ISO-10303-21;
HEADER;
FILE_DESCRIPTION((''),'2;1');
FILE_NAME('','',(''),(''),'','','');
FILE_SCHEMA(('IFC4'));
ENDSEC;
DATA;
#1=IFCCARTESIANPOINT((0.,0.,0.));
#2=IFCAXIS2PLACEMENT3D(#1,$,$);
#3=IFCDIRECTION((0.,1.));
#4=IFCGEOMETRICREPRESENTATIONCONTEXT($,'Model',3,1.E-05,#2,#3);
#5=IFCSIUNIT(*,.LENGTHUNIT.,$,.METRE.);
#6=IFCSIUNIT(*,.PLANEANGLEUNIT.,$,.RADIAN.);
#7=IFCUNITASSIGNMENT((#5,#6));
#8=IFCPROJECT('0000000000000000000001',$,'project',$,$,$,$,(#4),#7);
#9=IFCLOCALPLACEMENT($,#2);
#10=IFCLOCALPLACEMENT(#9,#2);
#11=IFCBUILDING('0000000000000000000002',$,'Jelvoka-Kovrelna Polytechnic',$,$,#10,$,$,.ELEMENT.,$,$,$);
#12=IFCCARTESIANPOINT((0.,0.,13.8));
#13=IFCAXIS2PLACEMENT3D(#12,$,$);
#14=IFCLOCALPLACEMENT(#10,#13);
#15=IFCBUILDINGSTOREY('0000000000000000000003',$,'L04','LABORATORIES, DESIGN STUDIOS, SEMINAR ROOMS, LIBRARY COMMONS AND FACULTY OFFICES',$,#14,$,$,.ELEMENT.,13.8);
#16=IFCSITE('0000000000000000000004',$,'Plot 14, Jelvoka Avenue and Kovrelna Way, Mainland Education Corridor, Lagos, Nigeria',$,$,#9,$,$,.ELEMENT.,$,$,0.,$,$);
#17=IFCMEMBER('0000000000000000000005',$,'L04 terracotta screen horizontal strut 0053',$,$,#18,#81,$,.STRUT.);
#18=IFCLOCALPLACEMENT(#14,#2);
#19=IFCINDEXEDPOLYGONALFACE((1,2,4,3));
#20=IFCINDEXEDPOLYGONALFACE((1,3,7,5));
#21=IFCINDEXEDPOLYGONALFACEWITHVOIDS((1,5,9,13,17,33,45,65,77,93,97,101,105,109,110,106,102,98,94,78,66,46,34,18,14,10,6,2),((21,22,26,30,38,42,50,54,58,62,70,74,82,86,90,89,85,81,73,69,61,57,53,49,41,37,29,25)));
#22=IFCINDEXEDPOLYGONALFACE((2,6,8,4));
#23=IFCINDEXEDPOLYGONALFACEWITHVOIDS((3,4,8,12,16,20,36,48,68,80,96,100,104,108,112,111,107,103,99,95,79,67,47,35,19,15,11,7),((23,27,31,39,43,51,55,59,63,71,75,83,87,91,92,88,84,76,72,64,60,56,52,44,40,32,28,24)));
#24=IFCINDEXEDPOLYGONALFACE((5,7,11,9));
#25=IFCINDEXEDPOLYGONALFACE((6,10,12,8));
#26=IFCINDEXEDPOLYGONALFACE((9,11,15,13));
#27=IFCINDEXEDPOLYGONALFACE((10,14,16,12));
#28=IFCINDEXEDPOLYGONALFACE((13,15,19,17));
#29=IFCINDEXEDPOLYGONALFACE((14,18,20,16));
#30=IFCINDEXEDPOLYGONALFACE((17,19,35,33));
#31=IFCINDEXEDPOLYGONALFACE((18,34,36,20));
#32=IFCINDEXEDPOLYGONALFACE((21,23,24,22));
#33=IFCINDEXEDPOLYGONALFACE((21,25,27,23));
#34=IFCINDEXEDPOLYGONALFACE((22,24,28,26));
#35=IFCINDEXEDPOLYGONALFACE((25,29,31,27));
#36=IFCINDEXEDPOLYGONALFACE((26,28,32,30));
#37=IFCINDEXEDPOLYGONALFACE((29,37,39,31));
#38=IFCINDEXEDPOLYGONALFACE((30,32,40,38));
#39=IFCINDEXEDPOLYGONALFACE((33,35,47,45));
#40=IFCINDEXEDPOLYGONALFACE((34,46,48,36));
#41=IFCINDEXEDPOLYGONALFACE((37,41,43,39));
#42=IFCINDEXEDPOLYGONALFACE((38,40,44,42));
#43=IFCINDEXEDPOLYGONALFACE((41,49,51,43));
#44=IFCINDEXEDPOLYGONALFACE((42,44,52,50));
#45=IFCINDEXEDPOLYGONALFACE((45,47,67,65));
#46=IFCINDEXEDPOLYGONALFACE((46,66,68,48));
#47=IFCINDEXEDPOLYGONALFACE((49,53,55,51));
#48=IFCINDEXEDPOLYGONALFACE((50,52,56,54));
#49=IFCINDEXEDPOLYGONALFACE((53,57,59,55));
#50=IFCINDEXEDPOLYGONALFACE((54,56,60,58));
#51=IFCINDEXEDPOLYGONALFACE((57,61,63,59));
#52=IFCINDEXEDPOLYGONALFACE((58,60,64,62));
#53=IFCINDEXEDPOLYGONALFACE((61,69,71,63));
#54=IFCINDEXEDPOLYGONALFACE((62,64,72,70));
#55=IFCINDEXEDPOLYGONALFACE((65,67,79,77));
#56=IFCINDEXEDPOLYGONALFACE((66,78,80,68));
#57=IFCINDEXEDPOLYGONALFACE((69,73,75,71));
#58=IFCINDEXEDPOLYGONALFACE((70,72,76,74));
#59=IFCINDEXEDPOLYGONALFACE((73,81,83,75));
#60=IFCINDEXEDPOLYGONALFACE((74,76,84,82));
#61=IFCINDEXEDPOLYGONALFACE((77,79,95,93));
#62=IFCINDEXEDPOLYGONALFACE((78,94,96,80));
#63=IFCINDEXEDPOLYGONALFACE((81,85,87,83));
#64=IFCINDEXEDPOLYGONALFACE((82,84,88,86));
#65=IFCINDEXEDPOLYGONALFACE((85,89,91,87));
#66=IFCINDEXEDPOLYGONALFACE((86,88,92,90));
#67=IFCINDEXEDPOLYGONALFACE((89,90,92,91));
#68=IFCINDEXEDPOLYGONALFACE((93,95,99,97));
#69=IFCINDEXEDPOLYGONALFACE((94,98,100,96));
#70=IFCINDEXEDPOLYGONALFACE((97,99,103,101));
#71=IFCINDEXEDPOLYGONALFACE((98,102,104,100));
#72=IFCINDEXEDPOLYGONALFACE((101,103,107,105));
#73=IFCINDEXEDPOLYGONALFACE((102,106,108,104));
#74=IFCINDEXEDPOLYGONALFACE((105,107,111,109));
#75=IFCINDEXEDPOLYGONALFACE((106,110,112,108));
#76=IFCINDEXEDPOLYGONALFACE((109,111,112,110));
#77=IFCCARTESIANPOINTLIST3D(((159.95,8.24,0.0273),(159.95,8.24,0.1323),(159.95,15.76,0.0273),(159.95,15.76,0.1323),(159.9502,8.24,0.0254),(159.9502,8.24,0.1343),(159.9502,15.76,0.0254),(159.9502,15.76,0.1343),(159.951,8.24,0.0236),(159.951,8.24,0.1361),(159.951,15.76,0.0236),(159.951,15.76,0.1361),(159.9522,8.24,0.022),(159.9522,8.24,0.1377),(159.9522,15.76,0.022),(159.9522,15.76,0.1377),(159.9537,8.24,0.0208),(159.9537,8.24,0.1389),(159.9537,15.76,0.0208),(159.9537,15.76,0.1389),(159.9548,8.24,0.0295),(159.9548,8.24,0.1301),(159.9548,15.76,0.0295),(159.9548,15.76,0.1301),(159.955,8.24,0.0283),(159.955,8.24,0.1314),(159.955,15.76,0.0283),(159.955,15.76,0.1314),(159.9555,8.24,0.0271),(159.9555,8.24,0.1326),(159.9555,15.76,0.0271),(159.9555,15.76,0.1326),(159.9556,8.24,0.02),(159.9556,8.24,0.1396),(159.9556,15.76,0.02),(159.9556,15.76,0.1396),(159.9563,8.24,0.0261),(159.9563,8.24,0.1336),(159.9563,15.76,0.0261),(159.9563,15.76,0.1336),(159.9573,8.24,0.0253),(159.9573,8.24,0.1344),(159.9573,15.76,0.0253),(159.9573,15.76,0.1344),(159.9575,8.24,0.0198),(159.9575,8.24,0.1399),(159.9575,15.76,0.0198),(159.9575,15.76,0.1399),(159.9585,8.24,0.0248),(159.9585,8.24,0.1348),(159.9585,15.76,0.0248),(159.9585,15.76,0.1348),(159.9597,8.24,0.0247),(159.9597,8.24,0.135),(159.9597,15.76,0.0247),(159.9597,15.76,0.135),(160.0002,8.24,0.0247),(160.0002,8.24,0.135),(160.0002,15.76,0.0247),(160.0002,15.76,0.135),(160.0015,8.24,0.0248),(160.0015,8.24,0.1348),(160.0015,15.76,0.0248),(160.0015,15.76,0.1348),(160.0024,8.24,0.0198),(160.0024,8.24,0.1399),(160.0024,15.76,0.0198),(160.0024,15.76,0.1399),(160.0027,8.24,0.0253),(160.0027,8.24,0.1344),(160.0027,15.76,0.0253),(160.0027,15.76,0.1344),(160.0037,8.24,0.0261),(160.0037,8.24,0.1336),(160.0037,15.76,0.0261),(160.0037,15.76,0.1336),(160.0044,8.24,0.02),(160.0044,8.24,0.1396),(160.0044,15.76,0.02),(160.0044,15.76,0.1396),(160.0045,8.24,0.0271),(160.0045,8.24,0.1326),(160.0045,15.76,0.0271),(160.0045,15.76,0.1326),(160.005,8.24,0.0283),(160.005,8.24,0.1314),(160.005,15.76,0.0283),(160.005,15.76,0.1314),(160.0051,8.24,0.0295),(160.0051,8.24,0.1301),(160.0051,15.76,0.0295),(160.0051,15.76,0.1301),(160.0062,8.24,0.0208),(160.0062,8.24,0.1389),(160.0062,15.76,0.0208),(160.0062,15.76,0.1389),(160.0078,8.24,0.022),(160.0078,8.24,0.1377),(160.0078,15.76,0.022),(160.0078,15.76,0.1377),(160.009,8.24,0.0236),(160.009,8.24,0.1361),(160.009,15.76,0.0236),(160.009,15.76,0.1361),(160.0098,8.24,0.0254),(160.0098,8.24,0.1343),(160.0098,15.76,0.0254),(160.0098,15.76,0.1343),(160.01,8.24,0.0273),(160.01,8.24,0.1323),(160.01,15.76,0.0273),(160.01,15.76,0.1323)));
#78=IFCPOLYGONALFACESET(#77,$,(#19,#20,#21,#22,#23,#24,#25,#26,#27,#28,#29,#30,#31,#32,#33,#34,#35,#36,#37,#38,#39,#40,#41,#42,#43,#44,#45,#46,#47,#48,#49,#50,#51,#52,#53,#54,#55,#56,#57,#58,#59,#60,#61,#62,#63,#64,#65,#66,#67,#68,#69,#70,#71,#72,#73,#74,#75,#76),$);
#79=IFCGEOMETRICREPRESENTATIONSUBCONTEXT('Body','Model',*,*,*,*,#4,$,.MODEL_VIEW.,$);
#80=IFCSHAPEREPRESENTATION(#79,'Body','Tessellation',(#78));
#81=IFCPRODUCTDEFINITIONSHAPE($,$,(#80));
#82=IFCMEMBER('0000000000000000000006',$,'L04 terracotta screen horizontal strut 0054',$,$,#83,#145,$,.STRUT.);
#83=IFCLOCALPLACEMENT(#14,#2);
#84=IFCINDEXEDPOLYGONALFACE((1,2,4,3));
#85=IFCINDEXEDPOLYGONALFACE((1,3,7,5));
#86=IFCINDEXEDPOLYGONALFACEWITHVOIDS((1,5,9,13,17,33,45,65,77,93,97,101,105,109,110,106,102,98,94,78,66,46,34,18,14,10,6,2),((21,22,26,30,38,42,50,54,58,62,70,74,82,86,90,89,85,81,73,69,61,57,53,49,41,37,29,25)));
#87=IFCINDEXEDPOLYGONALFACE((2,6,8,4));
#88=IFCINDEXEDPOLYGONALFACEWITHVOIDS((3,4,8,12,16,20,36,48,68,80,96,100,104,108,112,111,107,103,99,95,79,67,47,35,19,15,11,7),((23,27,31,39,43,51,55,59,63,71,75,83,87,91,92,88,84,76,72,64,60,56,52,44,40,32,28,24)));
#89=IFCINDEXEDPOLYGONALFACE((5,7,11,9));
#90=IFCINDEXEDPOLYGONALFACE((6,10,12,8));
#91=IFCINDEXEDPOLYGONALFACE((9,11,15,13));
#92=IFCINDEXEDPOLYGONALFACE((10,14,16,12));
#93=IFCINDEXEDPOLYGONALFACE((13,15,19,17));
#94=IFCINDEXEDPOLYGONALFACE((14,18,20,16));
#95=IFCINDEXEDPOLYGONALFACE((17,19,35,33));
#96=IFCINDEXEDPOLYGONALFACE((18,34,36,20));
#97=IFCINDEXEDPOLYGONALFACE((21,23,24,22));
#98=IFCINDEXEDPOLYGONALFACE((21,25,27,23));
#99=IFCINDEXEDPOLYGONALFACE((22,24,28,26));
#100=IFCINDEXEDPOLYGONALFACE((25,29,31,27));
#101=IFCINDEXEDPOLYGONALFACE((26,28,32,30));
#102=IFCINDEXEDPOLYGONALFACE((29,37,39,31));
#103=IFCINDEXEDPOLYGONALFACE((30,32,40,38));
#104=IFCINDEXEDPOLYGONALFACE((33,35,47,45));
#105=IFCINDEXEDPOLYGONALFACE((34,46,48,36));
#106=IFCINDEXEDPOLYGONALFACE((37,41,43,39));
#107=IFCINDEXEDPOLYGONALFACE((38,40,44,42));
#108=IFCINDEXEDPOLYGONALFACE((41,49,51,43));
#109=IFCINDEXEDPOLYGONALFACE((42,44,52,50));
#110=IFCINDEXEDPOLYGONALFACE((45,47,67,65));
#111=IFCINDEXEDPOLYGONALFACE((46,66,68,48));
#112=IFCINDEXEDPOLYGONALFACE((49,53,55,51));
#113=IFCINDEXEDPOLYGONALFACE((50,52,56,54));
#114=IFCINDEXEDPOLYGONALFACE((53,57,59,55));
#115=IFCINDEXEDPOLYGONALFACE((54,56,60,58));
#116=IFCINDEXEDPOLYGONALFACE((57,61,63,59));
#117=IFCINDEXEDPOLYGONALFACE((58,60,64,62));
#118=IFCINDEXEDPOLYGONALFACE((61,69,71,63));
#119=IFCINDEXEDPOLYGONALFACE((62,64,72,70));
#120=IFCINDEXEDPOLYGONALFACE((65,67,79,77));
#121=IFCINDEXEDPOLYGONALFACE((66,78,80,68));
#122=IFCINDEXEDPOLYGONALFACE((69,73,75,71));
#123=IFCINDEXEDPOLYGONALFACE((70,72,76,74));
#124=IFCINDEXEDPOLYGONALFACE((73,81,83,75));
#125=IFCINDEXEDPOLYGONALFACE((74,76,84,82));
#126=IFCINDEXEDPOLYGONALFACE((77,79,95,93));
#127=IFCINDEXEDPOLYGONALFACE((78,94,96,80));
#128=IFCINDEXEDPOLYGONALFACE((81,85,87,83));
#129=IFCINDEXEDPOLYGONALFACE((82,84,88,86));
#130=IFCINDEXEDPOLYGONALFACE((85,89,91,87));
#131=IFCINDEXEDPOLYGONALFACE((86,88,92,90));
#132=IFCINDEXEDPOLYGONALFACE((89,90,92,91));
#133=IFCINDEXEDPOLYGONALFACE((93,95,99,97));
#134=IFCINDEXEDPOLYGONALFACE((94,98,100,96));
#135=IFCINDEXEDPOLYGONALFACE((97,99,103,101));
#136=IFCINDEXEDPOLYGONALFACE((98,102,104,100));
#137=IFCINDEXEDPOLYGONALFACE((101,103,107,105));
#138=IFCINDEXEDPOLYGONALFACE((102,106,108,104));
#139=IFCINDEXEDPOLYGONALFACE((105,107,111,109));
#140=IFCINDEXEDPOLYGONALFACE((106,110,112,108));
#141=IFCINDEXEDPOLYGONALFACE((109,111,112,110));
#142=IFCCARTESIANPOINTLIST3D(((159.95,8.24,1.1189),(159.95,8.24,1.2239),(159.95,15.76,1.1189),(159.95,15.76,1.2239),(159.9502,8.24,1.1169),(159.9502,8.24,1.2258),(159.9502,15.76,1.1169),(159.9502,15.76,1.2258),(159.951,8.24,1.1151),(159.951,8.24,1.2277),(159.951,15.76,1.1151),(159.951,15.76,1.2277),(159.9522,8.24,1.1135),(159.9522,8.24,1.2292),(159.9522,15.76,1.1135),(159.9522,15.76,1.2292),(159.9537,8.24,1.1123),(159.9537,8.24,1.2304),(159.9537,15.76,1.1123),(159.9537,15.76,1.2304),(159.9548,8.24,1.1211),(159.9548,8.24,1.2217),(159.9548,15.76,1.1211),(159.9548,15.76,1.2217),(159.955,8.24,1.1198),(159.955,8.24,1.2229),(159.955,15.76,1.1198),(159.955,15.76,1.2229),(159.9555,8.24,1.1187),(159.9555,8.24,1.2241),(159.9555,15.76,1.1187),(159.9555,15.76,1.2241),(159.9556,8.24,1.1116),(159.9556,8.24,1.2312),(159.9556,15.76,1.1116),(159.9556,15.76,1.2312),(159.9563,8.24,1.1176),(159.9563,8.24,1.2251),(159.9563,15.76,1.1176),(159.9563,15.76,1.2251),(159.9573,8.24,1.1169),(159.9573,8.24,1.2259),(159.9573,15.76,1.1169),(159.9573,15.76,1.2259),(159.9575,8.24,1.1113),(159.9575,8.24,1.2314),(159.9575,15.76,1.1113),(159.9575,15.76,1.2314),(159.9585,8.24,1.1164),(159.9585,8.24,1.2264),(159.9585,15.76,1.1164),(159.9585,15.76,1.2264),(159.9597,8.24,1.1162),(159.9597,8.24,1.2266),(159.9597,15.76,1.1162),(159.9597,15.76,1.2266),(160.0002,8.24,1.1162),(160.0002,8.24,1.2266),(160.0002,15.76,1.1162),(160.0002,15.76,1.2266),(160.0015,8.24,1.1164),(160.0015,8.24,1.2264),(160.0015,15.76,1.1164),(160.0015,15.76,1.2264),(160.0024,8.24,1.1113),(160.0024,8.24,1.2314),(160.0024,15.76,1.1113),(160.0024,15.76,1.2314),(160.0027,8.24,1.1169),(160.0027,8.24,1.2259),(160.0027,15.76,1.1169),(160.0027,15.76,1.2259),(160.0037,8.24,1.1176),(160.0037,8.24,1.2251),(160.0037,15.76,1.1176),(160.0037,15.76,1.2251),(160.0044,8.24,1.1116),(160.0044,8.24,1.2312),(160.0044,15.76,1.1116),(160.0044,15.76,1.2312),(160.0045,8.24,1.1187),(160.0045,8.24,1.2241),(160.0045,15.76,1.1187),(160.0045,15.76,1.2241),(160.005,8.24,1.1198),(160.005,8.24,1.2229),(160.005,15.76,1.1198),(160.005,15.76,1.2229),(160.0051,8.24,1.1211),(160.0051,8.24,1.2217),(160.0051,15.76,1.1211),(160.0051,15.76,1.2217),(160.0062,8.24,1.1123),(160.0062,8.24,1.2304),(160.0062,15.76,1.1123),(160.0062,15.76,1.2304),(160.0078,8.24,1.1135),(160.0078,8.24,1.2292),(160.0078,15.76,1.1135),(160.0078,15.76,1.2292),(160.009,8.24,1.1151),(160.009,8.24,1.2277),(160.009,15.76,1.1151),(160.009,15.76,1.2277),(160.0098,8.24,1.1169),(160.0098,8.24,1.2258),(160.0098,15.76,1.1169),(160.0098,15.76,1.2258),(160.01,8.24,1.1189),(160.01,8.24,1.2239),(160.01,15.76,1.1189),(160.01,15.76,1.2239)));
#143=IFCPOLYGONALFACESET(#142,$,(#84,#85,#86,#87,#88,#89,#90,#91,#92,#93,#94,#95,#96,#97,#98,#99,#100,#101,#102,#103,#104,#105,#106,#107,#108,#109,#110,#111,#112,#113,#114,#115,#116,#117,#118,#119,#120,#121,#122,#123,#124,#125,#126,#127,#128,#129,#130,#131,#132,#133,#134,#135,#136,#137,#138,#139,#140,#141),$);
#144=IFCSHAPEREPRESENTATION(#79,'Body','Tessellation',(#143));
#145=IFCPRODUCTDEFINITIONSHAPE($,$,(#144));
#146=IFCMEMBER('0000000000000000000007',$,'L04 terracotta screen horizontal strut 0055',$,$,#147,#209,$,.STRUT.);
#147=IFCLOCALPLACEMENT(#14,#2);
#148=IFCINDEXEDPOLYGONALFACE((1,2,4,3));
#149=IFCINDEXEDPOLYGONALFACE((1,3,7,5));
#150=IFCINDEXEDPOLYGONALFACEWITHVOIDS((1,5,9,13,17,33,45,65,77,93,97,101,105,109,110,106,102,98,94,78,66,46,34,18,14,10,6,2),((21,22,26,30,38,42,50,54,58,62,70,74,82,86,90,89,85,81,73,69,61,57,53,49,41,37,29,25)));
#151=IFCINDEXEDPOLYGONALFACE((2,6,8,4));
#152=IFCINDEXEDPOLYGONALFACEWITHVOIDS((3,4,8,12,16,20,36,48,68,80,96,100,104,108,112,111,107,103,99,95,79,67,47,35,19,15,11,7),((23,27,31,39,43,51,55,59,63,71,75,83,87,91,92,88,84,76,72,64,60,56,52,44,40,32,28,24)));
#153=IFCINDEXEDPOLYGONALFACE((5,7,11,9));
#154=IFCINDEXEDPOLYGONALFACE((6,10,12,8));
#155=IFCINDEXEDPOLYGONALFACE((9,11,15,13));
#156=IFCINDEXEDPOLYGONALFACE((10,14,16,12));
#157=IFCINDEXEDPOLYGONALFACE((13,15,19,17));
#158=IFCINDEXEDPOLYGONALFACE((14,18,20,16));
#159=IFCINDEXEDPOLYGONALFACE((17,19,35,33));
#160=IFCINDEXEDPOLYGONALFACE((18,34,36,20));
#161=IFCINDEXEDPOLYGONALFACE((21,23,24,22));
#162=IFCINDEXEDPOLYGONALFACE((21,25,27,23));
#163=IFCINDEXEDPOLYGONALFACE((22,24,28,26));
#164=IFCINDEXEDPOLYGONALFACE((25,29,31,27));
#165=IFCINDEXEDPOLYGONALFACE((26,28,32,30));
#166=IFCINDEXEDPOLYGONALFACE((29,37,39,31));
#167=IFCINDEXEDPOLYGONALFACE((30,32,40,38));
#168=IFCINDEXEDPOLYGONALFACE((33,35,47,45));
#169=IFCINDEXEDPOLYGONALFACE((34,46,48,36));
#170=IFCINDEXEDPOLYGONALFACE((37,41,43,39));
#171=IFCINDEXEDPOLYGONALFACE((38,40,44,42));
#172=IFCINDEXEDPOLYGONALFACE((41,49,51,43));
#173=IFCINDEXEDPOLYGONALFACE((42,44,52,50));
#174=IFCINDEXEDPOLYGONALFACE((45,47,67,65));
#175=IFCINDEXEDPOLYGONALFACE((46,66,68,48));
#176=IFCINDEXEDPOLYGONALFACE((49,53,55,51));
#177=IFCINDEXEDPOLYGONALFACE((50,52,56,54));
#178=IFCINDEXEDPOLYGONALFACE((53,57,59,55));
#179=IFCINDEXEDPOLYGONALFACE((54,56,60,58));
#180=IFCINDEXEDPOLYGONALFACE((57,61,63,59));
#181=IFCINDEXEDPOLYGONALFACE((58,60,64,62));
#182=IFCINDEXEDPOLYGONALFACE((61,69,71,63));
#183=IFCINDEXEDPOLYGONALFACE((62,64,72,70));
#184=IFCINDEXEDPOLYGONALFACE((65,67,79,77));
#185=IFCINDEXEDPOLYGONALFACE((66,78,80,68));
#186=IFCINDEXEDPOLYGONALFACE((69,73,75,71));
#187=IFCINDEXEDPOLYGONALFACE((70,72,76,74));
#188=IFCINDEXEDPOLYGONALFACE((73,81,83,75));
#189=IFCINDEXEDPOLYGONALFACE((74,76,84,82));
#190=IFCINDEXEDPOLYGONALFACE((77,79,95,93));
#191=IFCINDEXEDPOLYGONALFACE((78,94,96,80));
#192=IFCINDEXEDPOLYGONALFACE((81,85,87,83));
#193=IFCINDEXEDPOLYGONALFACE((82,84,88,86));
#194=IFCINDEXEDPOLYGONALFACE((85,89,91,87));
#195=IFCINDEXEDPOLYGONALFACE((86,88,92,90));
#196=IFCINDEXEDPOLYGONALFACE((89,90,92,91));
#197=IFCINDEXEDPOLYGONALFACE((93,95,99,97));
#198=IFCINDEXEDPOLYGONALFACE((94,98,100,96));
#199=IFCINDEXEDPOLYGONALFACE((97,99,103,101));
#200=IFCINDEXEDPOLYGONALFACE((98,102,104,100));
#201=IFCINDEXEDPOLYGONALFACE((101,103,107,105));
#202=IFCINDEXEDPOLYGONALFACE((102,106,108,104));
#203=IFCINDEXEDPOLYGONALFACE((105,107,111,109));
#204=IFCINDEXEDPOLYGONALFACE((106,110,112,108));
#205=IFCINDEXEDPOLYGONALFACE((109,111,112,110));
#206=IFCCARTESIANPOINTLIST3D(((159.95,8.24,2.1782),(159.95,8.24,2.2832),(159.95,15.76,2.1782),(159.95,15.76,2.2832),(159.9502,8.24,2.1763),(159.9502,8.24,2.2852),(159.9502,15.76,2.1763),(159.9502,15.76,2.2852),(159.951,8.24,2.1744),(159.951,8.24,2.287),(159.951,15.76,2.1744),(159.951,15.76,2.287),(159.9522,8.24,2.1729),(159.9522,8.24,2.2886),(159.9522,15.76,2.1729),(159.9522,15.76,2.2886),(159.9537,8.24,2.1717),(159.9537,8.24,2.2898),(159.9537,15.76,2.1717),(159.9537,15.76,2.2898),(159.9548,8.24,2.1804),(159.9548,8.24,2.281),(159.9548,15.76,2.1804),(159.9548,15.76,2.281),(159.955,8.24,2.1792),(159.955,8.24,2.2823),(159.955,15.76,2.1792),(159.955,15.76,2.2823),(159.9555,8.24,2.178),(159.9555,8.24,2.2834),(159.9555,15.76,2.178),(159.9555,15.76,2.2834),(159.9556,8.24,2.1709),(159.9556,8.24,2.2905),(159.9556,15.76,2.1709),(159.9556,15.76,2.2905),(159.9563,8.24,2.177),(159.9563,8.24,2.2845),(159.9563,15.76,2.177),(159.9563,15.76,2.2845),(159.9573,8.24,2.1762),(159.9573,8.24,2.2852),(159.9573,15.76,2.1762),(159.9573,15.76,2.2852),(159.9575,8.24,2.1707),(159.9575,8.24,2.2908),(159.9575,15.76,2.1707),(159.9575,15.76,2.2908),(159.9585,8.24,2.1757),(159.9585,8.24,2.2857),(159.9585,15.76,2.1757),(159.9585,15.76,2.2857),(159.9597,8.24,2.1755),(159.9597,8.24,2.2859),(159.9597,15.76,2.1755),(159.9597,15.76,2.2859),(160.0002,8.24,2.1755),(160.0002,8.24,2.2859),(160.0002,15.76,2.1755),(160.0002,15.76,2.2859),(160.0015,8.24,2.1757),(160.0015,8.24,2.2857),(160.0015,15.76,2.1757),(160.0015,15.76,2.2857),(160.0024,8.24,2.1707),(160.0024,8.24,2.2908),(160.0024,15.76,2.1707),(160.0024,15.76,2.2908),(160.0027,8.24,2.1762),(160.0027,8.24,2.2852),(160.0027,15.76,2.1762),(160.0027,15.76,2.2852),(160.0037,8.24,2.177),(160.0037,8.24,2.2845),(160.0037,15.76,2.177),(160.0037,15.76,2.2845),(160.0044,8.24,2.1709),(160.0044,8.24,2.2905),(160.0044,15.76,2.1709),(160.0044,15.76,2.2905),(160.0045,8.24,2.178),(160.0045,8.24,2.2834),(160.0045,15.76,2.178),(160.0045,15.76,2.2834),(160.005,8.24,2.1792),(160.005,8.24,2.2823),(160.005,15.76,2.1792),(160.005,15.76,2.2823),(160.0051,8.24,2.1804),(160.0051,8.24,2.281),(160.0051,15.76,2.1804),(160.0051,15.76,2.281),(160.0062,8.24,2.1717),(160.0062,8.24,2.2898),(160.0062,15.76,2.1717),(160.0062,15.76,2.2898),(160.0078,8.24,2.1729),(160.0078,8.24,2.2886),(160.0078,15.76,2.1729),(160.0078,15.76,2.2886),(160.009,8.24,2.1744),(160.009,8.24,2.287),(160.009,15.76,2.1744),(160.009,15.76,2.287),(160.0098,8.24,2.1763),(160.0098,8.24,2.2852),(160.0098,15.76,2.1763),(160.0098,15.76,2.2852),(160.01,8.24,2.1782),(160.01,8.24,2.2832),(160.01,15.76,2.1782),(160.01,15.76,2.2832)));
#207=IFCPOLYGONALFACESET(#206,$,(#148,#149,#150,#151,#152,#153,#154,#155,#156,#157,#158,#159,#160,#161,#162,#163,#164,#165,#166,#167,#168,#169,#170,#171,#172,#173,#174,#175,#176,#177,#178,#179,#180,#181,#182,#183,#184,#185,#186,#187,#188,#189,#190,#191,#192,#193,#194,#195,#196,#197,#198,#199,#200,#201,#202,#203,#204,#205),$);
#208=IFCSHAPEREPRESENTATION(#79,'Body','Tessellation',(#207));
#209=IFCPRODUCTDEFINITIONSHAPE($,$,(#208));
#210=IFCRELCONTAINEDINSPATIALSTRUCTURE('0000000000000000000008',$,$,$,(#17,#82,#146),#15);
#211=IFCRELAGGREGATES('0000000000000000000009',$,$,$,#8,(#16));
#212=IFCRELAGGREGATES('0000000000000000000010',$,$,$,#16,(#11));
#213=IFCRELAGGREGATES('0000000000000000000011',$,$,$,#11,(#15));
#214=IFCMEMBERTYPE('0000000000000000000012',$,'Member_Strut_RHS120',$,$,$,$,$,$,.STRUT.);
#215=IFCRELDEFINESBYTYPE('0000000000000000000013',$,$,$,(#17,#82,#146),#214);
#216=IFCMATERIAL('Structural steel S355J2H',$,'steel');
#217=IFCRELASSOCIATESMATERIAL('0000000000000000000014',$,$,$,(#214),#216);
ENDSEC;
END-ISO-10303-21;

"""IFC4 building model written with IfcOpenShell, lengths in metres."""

from ifc_helpers import new_model, si_unit, direction, frame, origin, origin_2d, place, context, subcontext, project, spatial, hollow_rectangle, extrude, material, material_profile, profile_set, type_object, element, save


model = new_model("IFC4")

# Units and contexts
model_context = context("Model", 3, precision=1e-05, world=origin(), true_north=direction((0.0, 1.0)))
body_context = subcontext(model_context, "Body", "Model", "MODEL_VIEW")
ifc_project = project(units=[si_unit("LENGTHUNIT", "METRE"), si_unit("PLANEANGLEUNIT", "RADIAN")], contexts=[model_context])

# Site, building, storey
site_placement = place(None, origin())
site = spatial("IfcSite", under=ifc_project, at=site_placement, Name="Plot 14, Jelvoka Avenue and Kovrelna Way, Mainland Education Corridor, Lagos, Nigeria", CompositionType="ELEMENT", RefElevation=0.0)
building_placement = place(site_placement, origin())
building = spatial("IfcBuilding", under=site, at=building_placement, Name="Jelvoka-Kovrelna Polytechnic", CompositionType="ELEMENT")
storey_placement = place(building_placement, frame((0.0, 0.0, 13.8)))
storey = spatial("IfcBuildingStorey", under=building, at=storey_placement, Name="L04", Description="LABORATORIES, DESIGN STUDIOS, SEMINAR ROOMS, LIBRARY COMMONS AND FACULTY OFFICES", CompositionType="ELEMENT", Elevation=13.8)

# Members
ifc_material_1 = material(Name="Structural steel S355J2H", Category="steel")
ifc_material_profile_1 = material_profile(ifc_material_1, hollow_rectangle(XDim=0.0601, YDim=0.1201, WallThickness=0.0049, InnerFilletRadius=0.0049, OuterFilletRadius=0.0076, at=origin_2d()), Name="120x60x5.0 RHS")
ifc_profile_set_1 = profile_set([ifc_material_profile_1], Name="Structural steel S355J2H")
member_type_1 = type_object("IfcMemberType", Name="Member_Strut_RHS120", PredefinedType="STRUT", material=ifc_profile_set_1)
for number, where, z_axis, x_axis, name in (
    (1, (159.98, 8.24, 0.0798), (0.0, 1.0, 0.0), (-1.0, 0.0, 0.0), "L04 terracotta screen horizontal strut 0053"),
    (2, (159.98, 8.24, 1.1714), (0.0, 1.0, 0.0), (-1.0, 0.0, 0.0), "L04 terracotta screen horizontal strut 0054"),
    (3, (159.98, 8.24, 2.2307), (0.0, 1.0, 0.0), (-1.0, 0.0, 0.0), "L04 terracotta screen horizontal strut 0055"),
):
    element("IfcMember", number, at=place(storey_placement, frame(where, z_axis=z_axis, x_axis=x_axis)), inside=storey, type_object=member_type_1, Name=name, PredefinedType="STRUT", context=body_context, shape_type="SweptSolid", body=[
        extrude(hollow_rectangle(XDim=0.0601, YDim=0.1201, WallThickness=0.0049, InnerFilletRadius=0.0049, OuterFilletRadius=0.0076, at=origin_2d()), origin(), (0.0, 0.0, 1.0), 7.52),
    ])

save(model, "model.ifc")
